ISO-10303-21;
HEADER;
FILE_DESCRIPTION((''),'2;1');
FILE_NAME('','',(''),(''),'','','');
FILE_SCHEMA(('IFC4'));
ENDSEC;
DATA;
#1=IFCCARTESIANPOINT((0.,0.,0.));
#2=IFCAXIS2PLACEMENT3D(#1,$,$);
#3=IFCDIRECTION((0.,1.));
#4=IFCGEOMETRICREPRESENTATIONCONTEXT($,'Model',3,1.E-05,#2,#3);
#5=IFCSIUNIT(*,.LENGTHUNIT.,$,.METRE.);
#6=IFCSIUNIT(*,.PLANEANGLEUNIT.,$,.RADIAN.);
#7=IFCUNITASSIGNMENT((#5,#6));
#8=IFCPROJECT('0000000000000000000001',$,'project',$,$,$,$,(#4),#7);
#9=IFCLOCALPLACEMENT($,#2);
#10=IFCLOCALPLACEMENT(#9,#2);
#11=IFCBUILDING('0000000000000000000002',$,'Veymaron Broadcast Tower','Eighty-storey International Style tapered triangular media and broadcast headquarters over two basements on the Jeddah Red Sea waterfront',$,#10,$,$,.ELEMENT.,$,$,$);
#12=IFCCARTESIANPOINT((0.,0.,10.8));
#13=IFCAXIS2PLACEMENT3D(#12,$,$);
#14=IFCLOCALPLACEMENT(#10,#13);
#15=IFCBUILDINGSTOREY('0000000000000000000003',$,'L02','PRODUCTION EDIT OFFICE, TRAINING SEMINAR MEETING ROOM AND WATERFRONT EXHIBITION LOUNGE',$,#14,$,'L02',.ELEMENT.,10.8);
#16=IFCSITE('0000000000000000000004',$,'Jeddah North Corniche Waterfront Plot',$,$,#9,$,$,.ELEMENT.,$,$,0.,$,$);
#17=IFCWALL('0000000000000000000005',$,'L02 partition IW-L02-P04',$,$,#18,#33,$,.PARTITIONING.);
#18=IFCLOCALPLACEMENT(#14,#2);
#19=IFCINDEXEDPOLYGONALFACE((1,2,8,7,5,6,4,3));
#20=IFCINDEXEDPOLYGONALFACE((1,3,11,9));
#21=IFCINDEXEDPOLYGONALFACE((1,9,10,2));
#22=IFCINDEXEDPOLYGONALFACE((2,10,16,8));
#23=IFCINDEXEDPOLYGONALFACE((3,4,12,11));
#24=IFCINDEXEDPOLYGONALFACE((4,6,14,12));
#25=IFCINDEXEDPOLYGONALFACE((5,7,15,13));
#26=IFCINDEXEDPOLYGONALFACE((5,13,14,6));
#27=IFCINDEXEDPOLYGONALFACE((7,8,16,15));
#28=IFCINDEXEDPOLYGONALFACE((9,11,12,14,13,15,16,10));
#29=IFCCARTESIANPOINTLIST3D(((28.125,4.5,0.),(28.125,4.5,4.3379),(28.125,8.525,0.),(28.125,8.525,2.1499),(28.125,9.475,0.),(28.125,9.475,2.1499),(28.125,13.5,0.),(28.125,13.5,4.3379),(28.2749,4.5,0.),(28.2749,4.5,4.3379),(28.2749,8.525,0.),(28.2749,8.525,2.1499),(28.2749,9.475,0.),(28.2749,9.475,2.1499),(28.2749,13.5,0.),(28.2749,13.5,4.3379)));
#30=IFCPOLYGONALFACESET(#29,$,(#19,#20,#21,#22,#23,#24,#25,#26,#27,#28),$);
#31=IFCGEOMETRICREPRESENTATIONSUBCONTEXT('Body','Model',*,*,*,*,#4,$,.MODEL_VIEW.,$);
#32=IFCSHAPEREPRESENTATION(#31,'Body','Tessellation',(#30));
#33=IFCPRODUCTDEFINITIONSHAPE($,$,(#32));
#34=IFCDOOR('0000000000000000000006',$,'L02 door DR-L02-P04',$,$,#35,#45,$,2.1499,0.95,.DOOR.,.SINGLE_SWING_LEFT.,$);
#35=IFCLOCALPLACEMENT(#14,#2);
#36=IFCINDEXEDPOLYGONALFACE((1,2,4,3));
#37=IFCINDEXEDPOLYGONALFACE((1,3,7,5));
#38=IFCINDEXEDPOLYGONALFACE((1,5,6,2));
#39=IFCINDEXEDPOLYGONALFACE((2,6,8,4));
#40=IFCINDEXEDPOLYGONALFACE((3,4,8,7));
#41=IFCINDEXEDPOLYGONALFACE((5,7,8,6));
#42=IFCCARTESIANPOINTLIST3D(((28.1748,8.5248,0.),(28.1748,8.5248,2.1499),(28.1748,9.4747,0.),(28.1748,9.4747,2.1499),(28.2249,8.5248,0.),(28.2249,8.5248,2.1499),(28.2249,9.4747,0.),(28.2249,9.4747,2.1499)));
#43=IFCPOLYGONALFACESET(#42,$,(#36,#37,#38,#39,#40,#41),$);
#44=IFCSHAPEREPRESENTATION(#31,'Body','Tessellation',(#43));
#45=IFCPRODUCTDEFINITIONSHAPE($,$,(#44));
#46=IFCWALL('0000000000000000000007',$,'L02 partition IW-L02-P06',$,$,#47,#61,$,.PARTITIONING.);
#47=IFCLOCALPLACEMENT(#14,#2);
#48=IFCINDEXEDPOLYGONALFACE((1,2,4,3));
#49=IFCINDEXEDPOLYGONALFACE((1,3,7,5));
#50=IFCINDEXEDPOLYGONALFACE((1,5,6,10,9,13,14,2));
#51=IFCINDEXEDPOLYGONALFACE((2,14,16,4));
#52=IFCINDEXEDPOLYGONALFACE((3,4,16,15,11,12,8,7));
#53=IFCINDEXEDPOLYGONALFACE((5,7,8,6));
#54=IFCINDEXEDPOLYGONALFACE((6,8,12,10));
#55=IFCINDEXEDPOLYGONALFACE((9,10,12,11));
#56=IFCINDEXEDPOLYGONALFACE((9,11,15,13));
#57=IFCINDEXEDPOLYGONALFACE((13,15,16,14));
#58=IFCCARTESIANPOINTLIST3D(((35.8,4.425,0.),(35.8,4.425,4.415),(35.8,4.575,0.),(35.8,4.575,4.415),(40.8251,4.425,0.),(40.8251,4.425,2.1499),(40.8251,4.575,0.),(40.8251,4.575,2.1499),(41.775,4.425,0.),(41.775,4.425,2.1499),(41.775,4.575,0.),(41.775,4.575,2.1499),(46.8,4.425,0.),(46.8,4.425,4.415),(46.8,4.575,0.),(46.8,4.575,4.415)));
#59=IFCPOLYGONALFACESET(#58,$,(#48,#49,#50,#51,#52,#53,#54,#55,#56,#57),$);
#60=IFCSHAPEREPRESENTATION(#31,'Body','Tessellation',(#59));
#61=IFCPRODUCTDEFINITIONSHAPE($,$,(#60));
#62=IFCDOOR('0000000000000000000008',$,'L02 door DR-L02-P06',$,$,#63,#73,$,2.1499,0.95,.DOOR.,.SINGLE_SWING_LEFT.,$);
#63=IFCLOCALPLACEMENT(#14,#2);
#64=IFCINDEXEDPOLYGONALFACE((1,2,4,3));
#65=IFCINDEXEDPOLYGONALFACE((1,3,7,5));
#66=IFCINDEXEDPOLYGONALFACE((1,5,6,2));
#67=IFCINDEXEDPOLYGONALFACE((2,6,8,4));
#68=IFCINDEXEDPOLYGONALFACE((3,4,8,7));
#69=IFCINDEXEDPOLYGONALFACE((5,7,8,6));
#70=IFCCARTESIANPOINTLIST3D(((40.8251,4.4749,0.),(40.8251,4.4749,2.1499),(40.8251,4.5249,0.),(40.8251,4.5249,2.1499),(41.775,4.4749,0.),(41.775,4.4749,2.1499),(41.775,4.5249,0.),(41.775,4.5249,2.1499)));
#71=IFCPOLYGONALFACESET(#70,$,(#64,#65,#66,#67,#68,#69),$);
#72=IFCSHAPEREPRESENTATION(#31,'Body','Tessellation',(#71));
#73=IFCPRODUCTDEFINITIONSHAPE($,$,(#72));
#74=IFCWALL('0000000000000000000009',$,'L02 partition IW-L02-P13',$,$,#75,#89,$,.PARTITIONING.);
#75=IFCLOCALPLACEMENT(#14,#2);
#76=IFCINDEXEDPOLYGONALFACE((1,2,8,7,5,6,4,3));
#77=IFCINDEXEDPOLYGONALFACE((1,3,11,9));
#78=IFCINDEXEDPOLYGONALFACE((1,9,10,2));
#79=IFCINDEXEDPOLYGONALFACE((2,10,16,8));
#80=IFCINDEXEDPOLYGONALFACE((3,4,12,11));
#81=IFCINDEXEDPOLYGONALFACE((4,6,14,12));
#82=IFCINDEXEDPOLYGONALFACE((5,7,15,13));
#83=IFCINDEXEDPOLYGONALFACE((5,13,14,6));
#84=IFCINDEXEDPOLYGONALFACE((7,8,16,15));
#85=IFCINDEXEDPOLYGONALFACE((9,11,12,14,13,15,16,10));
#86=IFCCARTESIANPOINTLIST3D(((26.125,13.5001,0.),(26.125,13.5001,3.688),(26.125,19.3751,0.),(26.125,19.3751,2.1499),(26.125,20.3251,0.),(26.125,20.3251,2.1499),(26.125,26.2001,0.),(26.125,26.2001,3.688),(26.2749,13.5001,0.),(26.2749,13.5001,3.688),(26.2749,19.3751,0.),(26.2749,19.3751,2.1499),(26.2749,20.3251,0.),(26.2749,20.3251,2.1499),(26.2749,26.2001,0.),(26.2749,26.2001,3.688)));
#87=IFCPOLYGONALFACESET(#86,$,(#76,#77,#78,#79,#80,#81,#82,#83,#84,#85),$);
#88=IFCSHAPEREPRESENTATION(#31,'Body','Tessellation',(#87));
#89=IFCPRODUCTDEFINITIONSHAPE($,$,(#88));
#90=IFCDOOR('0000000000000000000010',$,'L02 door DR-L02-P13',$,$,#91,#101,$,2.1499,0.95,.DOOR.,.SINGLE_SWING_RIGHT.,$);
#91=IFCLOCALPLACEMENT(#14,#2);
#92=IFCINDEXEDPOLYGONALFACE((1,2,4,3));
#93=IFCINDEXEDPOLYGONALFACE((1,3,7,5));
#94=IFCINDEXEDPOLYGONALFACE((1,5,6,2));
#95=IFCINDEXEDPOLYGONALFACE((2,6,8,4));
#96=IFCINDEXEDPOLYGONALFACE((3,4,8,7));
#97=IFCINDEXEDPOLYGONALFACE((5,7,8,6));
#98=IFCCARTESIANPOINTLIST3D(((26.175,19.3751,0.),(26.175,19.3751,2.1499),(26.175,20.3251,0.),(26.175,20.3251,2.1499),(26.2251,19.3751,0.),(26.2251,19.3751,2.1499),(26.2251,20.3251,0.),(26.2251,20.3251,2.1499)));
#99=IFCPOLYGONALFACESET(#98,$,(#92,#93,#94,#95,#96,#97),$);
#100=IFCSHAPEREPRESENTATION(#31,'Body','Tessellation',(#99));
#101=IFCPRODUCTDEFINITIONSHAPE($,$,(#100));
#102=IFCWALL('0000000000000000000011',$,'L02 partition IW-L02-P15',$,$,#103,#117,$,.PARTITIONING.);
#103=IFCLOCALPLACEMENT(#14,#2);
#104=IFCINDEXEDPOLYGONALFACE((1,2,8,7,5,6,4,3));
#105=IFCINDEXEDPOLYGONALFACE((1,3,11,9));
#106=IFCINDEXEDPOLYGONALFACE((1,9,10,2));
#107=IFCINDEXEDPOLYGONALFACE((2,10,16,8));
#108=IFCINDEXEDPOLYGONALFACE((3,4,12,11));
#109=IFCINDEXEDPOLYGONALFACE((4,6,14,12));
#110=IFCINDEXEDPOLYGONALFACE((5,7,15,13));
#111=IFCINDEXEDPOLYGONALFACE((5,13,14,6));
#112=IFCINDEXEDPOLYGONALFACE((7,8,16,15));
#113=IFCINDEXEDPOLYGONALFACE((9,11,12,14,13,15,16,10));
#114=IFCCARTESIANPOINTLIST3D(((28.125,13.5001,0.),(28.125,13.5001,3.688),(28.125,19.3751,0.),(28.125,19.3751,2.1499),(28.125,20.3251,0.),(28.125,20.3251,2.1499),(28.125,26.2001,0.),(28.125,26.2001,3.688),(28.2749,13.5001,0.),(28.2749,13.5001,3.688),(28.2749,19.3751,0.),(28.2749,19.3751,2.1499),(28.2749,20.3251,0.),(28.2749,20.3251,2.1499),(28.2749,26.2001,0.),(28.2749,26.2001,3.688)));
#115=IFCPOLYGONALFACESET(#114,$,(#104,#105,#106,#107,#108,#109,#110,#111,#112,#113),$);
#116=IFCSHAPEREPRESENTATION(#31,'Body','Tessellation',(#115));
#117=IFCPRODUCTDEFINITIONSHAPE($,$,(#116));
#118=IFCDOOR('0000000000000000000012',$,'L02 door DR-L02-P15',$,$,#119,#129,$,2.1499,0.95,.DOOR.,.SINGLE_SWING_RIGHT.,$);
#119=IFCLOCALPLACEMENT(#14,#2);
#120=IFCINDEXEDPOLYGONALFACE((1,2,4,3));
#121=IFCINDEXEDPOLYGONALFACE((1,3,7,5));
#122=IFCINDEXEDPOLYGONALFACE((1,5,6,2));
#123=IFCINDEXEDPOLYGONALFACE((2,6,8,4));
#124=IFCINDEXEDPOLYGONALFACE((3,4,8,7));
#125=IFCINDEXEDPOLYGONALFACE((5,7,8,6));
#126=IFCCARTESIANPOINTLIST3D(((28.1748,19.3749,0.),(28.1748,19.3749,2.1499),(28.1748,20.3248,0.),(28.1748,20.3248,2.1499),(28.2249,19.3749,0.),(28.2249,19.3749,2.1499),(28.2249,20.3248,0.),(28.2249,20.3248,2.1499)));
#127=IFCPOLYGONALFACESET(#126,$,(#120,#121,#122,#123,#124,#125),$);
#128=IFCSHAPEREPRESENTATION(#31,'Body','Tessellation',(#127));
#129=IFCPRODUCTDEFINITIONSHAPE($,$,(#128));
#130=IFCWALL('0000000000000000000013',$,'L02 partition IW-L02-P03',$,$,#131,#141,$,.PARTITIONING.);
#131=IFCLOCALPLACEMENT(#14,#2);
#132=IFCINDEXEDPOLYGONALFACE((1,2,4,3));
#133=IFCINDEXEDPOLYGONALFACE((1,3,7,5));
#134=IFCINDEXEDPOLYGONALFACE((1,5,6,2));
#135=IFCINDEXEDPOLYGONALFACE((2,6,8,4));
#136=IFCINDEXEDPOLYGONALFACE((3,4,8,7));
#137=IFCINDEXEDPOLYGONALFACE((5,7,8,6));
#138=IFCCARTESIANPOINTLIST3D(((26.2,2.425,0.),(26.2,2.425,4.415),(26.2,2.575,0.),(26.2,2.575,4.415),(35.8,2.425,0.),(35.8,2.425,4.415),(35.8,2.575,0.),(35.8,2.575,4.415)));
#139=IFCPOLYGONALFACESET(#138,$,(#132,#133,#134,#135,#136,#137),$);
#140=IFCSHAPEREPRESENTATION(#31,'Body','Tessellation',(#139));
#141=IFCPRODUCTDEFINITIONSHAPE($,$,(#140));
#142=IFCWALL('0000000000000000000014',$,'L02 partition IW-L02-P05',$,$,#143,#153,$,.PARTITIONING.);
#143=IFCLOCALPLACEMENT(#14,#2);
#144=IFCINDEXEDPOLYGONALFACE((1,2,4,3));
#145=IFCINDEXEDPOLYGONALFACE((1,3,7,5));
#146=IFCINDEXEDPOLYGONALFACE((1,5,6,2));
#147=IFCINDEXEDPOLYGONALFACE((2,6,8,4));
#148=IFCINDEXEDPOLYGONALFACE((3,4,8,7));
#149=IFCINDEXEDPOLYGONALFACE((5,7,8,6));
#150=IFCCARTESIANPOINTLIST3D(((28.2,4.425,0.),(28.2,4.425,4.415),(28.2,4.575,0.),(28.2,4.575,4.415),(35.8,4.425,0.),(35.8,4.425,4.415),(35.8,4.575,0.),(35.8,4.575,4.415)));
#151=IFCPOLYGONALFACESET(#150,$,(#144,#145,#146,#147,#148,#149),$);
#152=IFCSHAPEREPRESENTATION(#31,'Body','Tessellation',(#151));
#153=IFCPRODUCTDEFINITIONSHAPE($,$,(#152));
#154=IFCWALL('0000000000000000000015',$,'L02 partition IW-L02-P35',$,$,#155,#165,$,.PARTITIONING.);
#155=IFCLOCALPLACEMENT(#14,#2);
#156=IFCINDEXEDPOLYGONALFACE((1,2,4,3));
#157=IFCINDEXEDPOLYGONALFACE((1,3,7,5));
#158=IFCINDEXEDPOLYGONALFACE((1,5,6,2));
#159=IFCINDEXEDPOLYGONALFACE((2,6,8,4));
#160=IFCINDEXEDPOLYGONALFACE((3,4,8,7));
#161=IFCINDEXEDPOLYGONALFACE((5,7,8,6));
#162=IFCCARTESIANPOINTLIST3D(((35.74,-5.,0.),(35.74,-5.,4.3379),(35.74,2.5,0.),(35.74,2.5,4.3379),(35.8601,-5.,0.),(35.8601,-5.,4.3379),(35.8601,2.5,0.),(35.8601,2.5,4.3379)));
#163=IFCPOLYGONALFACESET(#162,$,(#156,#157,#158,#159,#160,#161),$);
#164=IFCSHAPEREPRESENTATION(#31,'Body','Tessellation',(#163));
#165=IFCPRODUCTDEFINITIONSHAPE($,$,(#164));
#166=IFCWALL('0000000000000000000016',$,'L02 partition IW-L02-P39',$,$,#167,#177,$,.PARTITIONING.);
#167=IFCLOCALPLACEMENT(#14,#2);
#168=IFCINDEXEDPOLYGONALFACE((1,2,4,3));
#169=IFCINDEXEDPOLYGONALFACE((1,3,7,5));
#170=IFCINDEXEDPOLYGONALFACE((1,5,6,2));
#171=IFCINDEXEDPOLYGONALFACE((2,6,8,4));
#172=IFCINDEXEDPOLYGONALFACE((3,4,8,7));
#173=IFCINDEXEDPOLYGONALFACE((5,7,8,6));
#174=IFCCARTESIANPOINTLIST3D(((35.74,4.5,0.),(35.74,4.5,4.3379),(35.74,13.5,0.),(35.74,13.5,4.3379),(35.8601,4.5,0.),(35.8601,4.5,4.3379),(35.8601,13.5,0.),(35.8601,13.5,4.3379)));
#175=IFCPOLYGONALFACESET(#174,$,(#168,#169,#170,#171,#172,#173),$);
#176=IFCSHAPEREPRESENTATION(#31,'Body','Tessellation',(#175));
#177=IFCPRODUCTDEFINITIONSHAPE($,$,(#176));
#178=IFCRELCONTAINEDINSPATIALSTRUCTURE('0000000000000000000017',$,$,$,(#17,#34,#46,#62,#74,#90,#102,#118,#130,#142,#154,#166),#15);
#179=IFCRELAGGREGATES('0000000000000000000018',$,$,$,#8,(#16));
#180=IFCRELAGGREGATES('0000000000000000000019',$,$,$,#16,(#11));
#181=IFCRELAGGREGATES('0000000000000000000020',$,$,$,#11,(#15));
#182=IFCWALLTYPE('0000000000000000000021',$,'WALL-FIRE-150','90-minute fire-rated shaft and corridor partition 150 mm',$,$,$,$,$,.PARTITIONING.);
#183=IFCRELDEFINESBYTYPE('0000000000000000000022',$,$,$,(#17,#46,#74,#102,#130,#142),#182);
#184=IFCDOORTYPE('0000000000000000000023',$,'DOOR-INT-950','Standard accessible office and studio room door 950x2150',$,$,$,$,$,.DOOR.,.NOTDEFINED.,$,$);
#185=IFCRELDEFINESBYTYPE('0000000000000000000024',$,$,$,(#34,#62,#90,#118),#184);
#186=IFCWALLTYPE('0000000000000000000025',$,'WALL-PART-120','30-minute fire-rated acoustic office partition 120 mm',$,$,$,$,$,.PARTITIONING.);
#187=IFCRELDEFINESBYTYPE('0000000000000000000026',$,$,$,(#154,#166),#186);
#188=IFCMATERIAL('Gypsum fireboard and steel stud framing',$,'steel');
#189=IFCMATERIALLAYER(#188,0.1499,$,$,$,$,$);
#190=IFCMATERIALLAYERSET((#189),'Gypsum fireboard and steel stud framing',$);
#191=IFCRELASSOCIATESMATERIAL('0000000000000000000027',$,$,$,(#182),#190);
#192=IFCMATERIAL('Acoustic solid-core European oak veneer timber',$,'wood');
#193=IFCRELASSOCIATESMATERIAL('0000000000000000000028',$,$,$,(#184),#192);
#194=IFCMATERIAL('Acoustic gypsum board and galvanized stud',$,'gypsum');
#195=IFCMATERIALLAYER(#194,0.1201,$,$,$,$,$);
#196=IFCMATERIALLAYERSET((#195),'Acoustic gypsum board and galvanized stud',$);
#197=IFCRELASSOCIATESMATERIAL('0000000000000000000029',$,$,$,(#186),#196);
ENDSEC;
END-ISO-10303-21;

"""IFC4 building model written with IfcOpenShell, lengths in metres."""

from ifc_helpers import new_model, si_unit, direction, frame, frame_2d, origin, place, context, subcontext, project, spatial, rectangle, extrude, material, layer, layer_set, type_object, element, fill, save


model = new_model("IFC4")

# Units and contexts
model_context = context("Model", 3, precision=1e-05, world=origin(), true_north=direction((0.0, 1.0)))
body_context = subcontext(model_context, "Body", "Model", "MODEL_VIEW")
ifc_project = project(units=[si_unit("LENGTHUNIT", "METRE"), si_unit("PLANEANGLEUNIT", "RADIAN")], contexts=[model_context])

# Site, building, storey
site_placement = place(None, origin())
site = spatial("IfcSite", under=ifc_project, at=site_placement, Name="Jeddah North Corniche Waterfront Plot", CompositionType="ELEMENT", RefElevation=0.0)
building_placement = place(site_placement, origin())
building = spatial("IfcBuilding", under=site, at=building_placement, Name="Veymaron Broadcast Tower", Description="Eighty-storey International Style tapered triangular media and broadcast headquarters over two basements on the Jeddah Red Sea waterfront", CompositionType="ELEMENT")
storey_placement = place(building_placement, frame((0.0, 0.0, 10.8)))
storey = spatial("IfcBuildingStorey", under=building, at=storey_placement, Name="L02", Description="PRODUCTION EDIT OFFICE, TRAINING SEMINAR MEETING ROOM AND WATERFRONT EXHIBITION LOUNGE", LongName="L02", CompositionType="ELEMENT", Elevation=10.8)

# Walls, openings, doors
ifc_material_1 = material(Name="Gypsum fireboard and steel stud framing", Category="steel")
ifc_layer_1 = layer(ifc_material_1, 0.1499)
ifc_layer_set_1 = layer_set([ifc_layer_1], Name="Gypsum fireboard and steel stud framing")
wall_type_1 = type_object("IfcWallType", Name="WALL-FIRE-150", Description="90-minute fire-rated shaft and corridor partition 150 mm", PredefinedType="PARTITIONING", material=ifc_layer_set_1)
ifc_material_2 = material(Name="Acoustic solid-core European oak veneer timber", Category="wood")
door_type = type_object("IfcDoorType", Name="DOOR-INT-950", Description="Standard accessible office and studio room door 950x2150", OperationType="NOTDEFINED", PredefinedType="DOOR", material=ifc_material_2)
wall_1_placement = place(storey_placement, frame((28.2, 4.5, 0.0), z_axis=(0.0, 0.0, 1.0), x_axis=(0.0, 1.0, 0.0)))
wall_1 = element("IfcWall", 1, at=wall_1_placement, inside=storey, type_object=wall_type_1, Name="L02 partition IW-L02-P04", PredefinedType="PARTITIONING", context=body_context, shape_type="SweptSolid", body=[
    extrude(rectangle(XDim=9.0, YDim=0.1499, at=frame_2d((4.5, 0.0))), origin(), (0.0, 0.0, 1.0), 4.3379),
])
opening_1_placement = place(wall_1_placement, frame((4.0249, 0.0, 0.0)))
opening_1 = element("IfcOpeningElement", 2, at=opening_1_placement, cuts=wall_1, PredefinedType="OPENING", context=body_context, shape_type="SweptSolid", body=[
    extrude(rectangle(XDim=0.95, YDim=2.1499, at=frame_2d((0.4751, 1.075))), frame((0.0, 0.085, 0.0), z_axis=(0.0, -1.0, 0.0), x_axis=(1.0, 0.0, 0.0)), (0.0, 0.0, 1.0), 0.1699),
])
door_1_placement = place(opening_1_placement, frame((0.95, 0.0, 0.0), z_axis=(0.0, 0.0, 1.0), x_axis=(-1.0, 0.0, 0.0)))
door_1 = element("IfcDoor", 3, at=door_1_placement, inside=storey, type_object=door_type, Name="L02 door DR-L02-P04", OperationType="SINGLE_SWING_LEFT", OverallHeight=2.1499, OverallWidth=0.95, PredefinedType="DOOR", context=body_context, shape_type="SweptSolid", body=[
    extrude(rectangle(XDim=0.95, YDim=2.1499, at=frame_2d((0.4751, 1.075))), frame((0.0, 0.0249, 0.0), z_axis=(0.0, -1.0, 0.0), x_axis=(1.0, 0.0, 0.0)), (0.0, 0.0, 1.0), 0.05),
])
fill(opening_1, door_1)
wall_2_placement = place(storey_placement, frame((35.8, 4.5, 0.0), z_axis=(0.0, 0.0, 1.0), x_axis=(1.0, 0.0, 0.0)))
wall_2 = element("IfcWall", 4, at=wall_2_placement, inside=storey, type_object=wall_type_1, Name="L02 partition IW-L02-P06", PredefinedType="PARTITIONING", context=body_context, shape_type="SweptSolid", body=[
    extrude(rectangle(XDim=11.0, YDim=0.1499, at=frame_2d((5.5, 0.0))), origin(), (0.0, 0.0, 1.0), 4.415),
])
opening_2_placement = place(wall_2_placement, frame((5.0249, 0.0, 0.0)))
opening_2 = element("IfcOpeningElement", 5, at=opening_2_placement, cuts=wall_2, PredefinedType="OPENING", context=body_context, shape_type="SweptSolid", body=[
    extrude(rectangle(XDim=0.95, YDim=2.1499, at=frame_2d((0.4751, 1.075))), frame((0.0, 0.085, 0.0), z_axis=(0.0, -1.0, 0.0), x_axis=(1.0, 0.0, 0.0)), (0.0, 0.0, 1.0), 0.1699),
])
door_2_placement = place(opening_2_placement, origin())
door_2 = element("IfcDoor", 6, at=door_2_placement, inside=storey, type_object=door_type, Name="L02 door DR-L02-P06", OperationType="SINGLE_SWING_LEFT", OverallHeight=2.1499, OverallWidth=0.95, PredefinedType="DOOR", context=body_context, shape_type="SweptSolid", body=[
    extrude(rectangle(XDim=0.95, YDim=2.1499, at=frame_2d((0.4751, 1.075))), frame((0.0, 0.0249, 0.0), z_axis=(0.0, -1.0, 0.0), x_axis=(1.0, 0.0, 0.0)), (0.0, 0.0, 1.0), 0.05),
])
fill(opening_2, door_2)
wall_3_placement = place(storey_placement, frame((26.2, 13.5, 0.0), z_axis=(0.0, 0.0, 1.0), x_axis=(0.0, 1.0, 0.0)))
wall_3 = element("IfcWall", 7, at=wall_3_placement, inside=storey, type_object=wall_type_1, Name="L02 partition IW-L02-P13", PredefinedType="PARTITIONING", context=body_context, shape_type="SweptSolid", body=[
    extrude(rectangle(XDim=12.7, YDim=0.1499, at=frame_2d((6.3501, 0.0))), origin(), (0.0, 0.0, 1.0), 3.688),
])
opening_3_placement = place(wall_3_placement, frame((5.875, 0.0, 0.0)))
opening_3 = element("IfcOpeningElement", 8, at=opening_3_placement, cuts=wall_3, PredefinedType="OPENING", context=body_context, shape_type="SweptSolid", body=[
    extrude(rectangle(XDim=0.95, YDim=2.1499, at=frame_2d((0.4751, 1.075))), frame((0.0, 0.085, 0.0), z_axis=(0.0, -1.0, 0.0), x_axis=(1.0, 0.0, 0.0)), (0.0, 0.0, 1.0), 0.1699),
])
door_3_placement = place(opening_3_placement, origin())
door_3 = element("IfcDoor", 9, at=door_3_placement, inside=storey, type_object=door_type, Name="L02 door DR-L02-P13", OperationType="SINGLE_SWING_RIGHT", OverallHeight=2.1499, OverallWidth=0.95, PredefinedType="DOOR", context=body_context, shape_type="SweptSolid", body=[
    extrude(rectangle(XDim=0.95, YDim=2.1499, at=frame_2d((0.4751, 1.075))), frame((0.0, 0.0249, 0.0), z_axis=(0.0, -1.0, 0.0), x_axis=(1.0, 0.0, 0.0)), (0.0, 0.0, 1.0), 0.05),
])
fill(opening_3, door_3)
wall_4_placement = place(storey_placement, frame((28.2, 13.5, 0.0), z_axis=(0.0, 0.0, 1.0), x_axis=(0.0, 1.0, 0.0)))
wall_4 = element("IfcWall", 10, at=wall_4_placement, inside=storey, type_object=wall_type_1, Name="L02 partition IW-L02-P15", PredefinedType="PARTITIONING", context=body_context, shape_type="SweptSolid", body=[
    extrude(rectangle(XDim=12.7, YDim=0.1499, at=frame_2d((6.3501, 0.0))), origin(), (0.0, 0.0, 1.0), 3.688),
])
opening_4_placement = place(wall_4_placement, frame((5.875, 0.0, 0.0)))
opening_4 = element("IfcOpeningElement", 11, at=opening_4_placement, cuts=wall_4, PredefinedType="OPENING", context=body_context, shape_type="SweptSolid", body=[
    extrude(rectangle(XDim=0.95, YDim=2.1499, at=frame_2d((0.4751, 1.075))), frame((0.0, 0.085, 0.0), z_axis=(0.0, -1.0, 0.0), x_axis=(1.0, 0.0, 0.0)), (0.0, 0.0, 1.0), 0.1699),
])
door_4_placement = place(opening_4_placement, frame((0.95, 0.0, 0.0), z_axis=(0.0, 0.0, 1.0), x_axis=(-1.0, 0.0, 0.0)))
door_4 = element("IfcDoor", 12, at=door_4_placement, inside=storey, type_object=door_type, Name="L02 door DR-L02-P15", OperationType="SINGLE_SWING_RIGHT", OverallHeight=2.1499, OverallWidth=0.95, PredefinedType="DOOR", context=body_context, shape_type="SweptSolid", body=[
    extrude(rectangle(XDim=0.95, YDim=2.1499, at=frame_2d((0.4751, 1.075))), frame((0.0, 0.0249, 0.0), z_axis=(0.0, -1.0, 0.0), x_axis=(1.0, 0.0, 0.0)), (0.0, 0.0, 1.0), 0.05),
])
fill(opening_4, door_4)

# Walls
wall_5_placement = place(storey_placement, frame((26.2, 2.5, 0.0), z_axis=(0.0, 0.0, 1.0), x_axis=(1.0, 0.0, 0.0)))
element("IfcWall", 13, at=wall_5_placement, inside=storey, type_object=wall_type_1, Name="L02 partition IW-L02-P03", PredefinedType="PARTITIONING", context=body_context, shape_type="SweptSolid", body=[
    extrude(rectangle(XDim=9.6001, YDim=0.1499, at=frame_2d((4.8, 0.0))), origin(), (0.0, 0.0, 1.0), 4.415),
])
wall_6_placement = place(storey_placement, frame((28.2, 4.5, 0.0), z_axis=(0.0, 0.0, 1.0), x_axis=(1.0, 0.0, 0.0)))
element("IfcWall", 14, at=wall_6_placement, inside=storey, type_object=wall_type_1, Name="L02 partition IW-L02-P05", PredefinedType="PARTITIONING", context=body_context, shape_type="SweptSolid", body=[
    extrude(rectangle(XDim=7.6001, YDim=0.1499, at=frame_2d((3.8, 0.0))), origin(), (0.0, 0.0, 1.0), 4.415),
])
ifc_material_3 = material(Name="Acoustic gypsum board and galvanized stud", Category="gypsum")
ifc_layer_2 = layer(ifc_material_3, 0.1201)
ifc_layer_set_2 = layer_set([ifc_layer_2], Name="Acoustic gypsum board and galvanized stud")
wall_type_2 = type_object("IfcWallType", Name="WALL-PART-120", Description="30-minute fire-rated acoustic office partition 120 mm", PredefinedType="PARTITIONING", material=ifc_layer_set_2)
wall_7_placement = place(storey_placement, frame((35.8, -5.0, 0.0), z_axis=(0.0, 0.0, 1.0), x_axis=(0.0, 1.0, 0.0)))
element("IfcWall", 15, at=wall_7_placement, inside=storey, type_object=wall_type_2, Name="L02 partition IW-L02-P35", PredefinedType="PARTITIONING", context=body_context, shape_type="SweptSolid", body=[
    extrude(rectangle(XDim=7.5, YDim=0.1201, at=frame_2d((3.75, 0.0))), origin(), (0.0, 0.0, 1.0), 4.3379),
])
wall_8_placement = place(storey_placement, frame((35.8, 4.5, 0.0), z_axis=(0.0, 0.0, 1.0), x_axis=(0.0, 1.0, 0.0)))
element("IfcWall", 16, at=wall_8_placement, inside=storey, type_object=wall_type_2, Name="L02 partition IW-L02-P39", PredefinedType="PARTITIONING", context=body_context, shape_type="SweptSolid", body=[
    extrude(rectangle(XDim=9.0, YDim=0.1201, at=frame_2d((4.5, 0.0))), origin(), (0.0, 0.0, 1.0), 4.3379),
])

save(model, "model.ifc")
